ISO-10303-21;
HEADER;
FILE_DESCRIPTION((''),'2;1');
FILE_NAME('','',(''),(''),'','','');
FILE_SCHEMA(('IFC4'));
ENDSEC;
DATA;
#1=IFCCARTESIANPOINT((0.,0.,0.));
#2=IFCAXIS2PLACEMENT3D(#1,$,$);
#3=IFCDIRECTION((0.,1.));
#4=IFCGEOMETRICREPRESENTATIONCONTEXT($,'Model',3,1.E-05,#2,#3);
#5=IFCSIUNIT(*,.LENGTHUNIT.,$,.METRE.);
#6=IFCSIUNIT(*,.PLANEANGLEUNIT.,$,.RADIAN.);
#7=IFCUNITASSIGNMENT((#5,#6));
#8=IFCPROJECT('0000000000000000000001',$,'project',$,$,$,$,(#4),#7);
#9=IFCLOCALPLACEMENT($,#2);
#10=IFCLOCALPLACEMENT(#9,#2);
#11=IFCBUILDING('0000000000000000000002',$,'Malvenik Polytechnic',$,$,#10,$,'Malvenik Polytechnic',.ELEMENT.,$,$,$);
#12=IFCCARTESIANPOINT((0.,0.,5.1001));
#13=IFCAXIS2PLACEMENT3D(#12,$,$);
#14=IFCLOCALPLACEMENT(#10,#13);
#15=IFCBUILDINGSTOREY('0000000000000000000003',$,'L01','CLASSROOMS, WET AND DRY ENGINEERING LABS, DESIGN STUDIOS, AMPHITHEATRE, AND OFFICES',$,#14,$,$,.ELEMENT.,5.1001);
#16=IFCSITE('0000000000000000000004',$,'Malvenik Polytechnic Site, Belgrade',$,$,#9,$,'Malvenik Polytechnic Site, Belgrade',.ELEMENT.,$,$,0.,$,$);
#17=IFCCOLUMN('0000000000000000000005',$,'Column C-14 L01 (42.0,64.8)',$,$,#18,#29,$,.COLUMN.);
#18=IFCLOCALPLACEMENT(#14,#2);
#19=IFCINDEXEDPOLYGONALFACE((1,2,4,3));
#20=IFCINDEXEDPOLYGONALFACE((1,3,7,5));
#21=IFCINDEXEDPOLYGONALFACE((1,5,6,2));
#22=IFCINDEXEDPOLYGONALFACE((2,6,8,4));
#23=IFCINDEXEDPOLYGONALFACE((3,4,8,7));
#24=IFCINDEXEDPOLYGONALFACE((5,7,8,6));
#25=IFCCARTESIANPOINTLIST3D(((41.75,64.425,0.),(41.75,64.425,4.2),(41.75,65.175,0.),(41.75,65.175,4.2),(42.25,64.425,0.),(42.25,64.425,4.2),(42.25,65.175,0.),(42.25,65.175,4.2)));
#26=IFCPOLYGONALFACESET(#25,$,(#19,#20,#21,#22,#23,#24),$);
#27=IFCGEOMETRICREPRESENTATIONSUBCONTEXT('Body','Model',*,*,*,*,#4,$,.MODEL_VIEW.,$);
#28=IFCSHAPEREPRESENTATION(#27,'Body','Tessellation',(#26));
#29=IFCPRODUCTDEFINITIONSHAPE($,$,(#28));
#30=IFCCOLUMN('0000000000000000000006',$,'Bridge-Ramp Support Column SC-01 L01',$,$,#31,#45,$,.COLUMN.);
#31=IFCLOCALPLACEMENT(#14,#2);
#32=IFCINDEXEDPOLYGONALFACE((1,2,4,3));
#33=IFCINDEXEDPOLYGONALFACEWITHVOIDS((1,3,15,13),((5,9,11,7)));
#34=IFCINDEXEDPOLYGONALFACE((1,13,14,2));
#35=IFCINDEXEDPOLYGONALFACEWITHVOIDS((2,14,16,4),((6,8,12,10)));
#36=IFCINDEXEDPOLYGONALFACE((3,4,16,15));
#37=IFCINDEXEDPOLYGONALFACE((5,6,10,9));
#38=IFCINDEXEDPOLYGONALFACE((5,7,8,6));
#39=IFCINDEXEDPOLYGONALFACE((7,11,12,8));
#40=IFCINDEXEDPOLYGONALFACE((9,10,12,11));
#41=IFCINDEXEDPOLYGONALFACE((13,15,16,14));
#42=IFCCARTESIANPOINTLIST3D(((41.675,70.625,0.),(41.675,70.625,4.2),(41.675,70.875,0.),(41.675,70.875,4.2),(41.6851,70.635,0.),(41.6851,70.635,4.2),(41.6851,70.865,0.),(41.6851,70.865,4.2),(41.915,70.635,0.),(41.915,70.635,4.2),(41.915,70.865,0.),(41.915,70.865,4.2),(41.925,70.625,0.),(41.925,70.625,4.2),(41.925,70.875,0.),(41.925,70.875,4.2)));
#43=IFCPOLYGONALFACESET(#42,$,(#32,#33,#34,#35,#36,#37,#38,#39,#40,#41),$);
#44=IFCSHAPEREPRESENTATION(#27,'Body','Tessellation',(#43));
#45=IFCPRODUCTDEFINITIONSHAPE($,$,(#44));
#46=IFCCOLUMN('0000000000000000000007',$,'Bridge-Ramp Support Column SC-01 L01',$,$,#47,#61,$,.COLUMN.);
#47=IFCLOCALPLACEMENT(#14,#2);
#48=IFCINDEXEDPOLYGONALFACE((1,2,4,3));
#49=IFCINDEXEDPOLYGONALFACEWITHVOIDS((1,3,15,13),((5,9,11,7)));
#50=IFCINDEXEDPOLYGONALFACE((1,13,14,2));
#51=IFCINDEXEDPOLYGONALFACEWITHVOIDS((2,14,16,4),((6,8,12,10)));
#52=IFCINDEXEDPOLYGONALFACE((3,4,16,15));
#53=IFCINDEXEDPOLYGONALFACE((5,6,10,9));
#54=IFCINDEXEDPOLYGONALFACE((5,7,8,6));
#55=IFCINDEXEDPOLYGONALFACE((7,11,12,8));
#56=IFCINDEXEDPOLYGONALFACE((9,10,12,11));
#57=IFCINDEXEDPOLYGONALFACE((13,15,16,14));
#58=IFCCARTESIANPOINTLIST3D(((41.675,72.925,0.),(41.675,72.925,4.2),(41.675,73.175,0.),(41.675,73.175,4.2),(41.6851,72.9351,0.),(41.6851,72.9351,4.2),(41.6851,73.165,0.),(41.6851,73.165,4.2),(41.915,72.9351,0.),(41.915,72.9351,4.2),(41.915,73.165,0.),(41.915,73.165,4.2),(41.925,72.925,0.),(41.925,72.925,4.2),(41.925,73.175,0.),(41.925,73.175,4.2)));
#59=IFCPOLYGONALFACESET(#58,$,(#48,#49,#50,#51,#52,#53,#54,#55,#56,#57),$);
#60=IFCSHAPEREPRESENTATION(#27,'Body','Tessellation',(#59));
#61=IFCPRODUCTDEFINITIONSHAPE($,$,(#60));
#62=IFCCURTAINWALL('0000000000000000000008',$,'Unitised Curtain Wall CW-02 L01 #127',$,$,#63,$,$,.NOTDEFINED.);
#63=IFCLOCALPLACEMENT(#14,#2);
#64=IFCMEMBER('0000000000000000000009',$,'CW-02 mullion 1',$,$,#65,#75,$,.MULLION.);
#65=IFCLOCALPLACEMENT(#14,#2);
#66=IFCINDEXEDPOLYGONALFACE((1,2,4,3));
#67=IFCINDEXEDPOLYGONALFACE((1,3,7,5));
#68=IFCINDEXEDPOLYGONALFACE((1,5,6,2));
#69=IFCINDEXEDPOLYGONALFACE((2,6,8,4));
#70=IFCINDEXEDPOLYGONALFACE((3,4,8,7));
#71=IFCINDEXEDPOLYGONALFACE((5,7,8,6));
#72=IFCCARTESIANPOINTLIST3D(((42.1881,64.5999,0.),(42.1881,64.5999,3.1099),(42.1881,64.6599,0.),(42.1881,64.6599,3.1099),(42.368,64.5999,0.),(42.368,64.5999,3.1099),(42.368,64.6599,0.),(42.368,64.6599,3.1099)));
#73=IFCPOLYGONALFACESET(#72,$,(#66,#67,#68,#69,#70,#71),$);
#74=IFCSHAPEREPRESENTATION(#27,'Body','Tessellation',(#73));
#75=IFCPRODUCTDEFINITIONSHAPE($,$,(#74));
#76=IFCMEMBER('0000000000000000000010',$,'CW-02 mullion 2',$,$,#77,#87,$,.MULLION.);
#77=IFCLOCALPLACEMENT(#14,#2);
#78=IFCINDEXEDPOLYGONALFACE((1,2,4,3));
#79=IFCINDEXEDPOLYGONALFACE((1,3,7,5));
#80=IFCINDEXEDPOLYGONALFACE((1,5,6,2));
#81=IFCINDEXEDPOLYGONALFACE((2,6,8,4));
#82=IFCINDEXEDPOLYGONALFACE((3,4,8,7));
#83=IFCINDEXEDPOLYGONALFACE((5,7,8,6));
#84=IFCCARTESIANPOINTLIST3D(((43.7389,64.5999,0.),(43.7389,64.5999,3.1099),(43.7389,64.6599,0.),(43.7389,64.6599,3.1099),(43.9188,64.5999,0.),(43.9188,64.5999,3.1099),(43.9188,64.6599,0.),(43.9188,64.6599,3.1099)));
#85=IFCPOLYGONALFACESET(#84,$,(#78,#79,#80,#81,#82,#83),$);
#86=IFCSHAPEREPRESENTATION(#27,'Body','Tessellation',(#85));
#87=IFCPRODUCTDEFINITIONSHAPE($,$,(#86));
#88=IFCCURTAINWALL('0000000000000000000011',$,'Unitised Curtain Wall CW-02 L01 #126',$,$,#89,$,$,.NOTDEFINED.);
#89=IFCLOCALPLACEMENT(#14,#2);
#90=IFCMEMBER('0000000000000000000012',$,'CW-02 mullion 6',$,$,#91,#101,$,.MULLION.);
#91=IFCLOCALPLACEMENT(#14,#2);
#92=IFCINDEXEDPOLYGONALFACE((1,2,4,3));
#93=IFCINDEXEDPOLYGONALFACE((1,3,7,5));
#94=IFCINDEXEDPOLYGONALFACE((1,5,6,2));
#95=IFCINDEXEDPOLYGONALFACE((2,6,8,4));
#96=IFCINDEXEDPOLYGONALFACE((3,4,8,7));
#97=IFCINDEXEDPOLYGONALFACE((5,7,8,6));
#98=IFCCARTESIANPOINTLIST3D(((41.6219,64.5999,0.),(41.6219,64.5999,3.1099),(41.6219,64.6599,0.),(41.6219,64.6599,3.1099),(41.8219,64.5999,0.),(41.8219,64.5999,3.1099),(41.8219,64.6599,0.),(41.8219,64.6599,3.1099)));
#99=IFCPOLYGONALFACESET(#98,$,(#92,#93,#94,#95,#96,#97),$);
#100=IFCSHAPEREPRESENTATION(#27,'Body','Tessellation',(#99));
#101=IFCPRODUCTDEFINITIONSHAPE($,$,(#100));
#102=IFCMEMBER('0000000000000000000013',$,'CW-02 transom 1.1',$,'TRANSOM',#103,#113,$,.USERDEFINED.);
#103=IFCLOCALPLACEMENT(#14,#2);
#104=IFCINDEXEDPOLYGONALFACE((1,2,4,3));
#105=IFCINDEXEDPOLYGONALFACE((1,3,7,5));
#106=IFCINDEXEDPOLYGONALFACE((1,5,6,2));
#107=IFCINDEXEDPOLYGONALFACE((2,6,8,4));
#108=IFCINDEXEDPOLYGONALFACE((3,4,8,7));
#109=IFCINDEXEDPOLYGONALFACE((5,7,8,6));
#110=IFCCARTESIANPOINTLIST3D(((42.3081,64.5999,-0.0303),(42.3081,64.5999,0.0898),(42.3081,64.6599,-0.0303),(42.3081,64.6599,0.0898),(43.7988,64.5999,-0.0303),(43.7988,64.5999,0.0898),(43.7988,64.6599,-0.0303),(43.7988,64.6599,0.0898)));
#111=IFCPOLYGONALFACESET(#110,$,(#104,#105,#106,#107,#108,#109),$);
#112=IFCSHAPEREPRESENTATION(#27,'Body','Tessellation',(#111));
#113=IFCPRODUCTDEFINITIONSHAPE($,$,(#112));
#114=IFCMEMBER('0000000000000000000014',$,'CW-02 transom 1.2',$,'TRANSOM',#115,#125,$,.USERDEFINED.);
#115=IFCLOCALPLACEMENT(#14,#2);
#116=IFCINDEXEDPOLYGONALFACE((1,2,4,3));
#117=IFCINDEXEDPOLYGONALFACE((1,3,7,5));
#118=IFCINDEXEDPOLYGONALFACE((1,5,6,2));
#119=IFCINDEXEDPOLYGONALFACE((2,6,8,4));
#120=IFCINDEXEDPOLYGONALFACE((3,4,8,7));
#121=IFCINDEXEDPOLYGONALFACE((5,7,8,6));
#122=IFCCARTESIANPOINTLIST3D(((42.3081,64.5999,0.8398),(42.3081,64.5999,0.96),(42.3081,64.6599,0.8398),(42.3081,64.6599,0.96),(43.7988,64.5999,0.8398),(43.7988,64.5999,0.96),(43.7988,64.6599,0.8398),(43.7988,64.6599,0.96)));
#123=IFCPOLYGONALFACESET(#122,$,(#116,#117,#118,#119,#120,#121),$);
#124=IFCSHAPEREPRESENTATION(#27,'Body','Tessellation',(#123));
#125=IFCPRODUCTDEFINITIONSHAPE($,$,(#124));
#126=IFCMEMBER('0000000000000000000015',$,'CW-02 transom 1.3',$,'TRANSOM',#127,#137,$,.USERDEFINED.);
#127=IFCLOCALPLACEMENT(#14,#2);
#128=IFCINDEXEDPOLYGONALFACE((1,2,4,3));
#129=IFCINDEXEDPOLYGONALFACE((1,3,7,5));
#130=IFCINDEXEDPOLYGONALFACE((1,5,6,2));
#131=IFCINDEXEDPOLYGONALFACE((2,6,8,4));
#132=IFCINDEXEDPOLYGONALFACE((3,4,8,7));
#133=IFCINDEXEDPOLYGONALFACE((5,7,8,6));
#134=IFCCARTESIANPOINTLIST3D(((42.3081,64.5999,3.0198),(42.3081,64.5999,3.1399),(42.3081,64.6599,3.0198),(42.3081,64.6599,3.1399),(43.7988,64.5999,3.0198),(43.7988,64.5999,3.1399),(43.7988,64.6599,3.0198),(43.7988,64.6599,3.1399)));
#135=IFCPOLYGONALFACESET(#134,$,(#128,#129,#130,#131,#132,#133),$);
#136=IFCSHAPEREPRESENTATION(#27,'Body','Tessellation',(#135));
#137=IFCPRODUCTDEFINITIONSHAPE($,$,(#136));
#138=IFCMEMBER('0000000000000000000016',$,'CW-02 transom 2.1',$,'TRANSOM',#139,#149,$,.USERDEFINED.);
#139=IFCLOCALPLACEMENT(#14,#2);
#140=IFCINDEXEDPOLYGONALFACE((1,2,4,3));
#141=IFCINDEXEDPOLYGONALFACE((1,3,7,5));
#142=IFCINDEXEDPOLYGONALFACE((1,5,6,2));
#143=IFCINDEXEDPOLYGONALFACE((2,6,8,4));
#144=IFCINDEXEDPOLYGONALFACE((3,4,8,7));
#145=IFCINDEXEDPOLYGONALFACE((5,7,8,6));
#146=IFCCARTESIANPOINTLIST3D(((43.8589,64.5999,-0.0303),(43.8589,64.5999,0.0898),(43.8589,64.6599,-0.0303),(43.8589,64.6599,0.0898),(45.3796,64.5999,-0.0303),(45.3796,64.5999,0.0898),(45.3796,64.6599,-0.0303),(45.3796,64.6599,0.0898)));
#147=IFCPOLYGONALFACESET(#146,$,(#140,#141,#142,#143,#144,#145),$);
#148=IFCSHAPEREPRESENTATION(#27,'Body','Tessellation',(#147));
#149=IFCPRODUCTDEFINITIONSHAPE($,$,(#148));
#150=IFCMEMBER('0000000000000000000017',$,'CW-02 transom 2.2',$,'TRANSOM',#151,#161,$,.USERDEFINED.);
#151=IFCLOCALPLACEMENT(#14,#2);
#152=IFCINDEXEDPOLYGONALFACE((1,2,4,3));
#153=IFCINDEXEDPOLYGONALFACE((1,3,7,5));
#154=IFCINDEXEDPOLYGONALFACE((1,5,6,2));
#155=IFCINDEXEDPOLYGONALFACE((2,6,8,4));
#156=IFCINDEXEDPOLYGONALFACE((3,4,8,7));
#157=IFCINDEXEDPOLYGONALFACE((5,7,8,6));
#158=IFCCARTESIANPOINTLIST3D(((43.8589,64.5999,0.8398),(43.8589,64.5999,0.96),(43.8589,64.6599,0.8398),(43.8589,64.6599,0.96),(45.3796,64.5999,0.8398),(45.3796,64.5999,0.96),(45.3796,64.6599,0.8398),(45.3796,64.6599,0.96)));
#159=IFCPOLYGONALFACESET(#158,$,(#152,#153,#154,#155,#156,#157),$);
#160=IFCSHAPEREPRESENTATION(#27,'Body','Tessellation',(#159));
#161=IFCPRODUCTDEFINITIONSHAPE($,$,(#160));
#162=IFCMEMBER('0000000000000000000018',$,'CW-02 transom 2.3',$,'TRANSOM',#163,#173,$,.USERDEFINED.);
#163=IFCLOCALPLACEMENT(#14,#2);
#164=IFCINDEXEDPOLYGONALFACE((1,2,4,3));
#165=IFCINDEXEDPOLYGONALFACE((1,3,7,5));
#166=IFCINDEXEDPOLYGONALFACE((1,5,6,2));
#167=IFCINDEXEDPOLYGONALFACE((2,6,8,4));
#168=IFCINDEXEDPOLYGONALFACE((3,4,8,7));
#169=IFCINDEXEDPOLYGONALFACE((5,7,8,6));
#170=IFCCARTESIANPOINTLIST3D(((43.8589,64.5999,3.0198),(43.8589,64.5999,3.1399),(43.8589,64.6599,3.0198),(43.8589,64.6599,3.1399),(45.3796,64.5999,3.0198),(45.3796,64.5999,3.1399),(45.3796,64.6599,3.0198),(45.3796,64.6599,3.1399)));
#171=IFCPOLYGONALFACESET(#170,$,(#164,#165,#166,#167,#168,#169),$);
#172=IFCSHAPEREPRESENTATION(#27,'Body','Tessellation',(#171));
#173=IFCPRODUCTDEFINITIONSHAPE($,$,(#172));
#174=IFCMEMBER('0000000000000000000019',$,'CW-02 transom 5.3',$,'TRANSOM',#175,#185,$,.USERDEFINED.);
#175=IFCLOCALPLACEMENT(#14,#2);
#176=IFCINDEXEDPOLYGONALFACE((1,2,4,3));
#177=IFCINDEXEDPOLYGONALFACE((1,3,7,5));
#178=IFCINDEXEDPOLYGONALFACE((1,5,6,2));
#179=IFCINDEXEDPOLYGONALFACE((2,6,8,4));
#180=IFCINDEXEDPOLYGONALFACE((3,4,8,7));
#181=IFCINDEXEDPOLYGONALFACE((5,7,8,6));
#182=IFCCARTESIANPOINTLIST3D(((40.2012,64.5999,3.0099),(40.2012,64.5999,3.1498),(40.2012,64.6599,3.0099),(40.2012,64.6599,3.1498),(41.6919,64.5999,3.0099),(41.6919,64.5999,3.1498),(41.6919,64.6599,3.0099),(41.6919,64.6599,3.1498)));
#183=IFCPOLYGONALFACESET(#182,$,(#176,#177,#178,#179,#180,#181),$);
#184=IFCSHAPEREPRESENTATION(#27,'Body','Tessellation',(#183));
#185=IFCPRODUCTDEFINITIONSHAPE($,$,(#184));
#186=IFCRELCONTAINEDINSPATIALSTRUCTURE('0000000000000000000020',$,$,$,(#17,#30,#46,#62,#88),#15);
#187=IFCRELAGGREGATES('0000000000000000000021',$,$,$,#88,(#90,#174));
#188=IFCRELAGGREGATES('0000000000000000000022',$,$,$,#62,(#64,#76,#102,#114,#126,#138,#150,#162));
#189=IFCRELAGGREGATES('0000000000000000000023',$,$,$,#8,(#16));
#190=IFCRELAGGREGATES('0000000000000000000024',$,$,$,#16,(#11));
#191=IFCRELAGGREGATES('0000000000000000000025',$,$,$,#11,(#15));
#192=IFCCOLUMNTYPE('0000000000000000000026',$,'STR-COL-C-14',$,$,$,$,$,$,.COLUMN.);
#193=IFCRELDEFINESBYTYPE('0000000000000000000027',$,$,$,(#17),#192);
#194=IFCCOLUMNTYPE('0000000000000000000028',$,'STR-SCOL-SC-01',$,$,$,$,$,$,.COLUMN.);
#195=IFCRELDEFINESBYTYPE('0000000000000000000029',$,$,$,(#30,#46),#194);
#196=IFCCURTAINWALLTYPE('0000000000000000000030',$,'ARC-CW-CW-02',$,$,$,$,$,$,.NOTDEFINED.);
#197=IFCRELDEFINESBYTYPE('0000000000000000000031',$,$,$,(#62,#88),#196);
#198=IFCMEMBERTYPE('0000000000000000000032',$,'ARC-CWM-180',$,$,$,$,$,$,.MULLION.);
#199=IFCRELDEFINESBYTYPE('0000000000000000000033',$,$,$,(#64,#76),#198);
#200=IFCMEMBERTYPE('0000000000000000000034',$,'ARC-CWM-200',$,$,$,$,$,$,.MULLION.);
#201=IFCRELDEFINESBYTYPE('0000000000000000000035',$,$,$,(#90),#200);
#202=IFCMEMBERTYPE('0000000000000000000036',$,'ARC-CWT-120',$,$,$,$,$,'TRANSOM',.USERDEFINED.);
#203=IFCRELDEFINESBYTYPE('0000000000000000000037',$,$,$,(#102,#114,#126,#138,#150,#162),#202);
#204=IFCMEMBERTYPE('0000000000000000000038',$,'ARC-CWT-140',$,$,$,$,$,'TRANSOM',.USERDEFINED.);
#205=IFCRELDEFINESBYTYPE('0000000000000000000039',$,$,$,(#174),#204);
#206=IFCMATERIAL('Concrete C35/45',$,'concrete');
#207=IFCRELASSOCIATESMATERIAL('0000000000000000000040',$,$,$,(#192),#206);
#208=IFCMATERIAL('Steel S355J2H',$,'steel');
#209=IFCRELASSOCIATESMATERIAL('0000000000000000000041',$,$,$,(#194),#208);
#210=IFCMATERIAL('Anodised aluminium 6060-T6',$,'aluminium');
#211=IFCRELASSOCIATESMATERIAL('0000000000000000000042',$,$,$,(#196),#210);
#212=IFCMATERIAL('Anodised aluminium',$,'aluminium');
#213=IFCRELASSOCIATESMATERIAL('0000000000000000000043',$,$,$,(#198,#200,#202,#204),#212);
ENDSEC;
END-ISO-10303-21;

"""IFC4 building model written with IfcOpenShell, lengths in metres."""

from ifc_helpers import new_model, si_unit, direction, frame, origin, origin_2d, place, context, subcontext, project, spatial, rectangle, hollow_rectangle, extrude, material, material_profile, profile_set, type_object, element, aggregate, save


model = new_model("IFC4")

# Units and contexts
model_context = context("Model", 3, precision=1e-05, world=origin(), true_north=direction((0.0, 1.0)))
body_context = subcontext(model_context, "Body", "Model", "MODEL_VIEW")
ifc_project = project(units=[si_unit("LENGTHUNIT", "METRE"), si_unit("PLANEANGLEUNIT", "RADIAN")], contexts=[model_context])

# Site, building, storey
site_placement = place(None, origin())
site = spatial("IfcSite", under=ifc_project, at=site_placement, Name="Malvenik Polytechnic Site, Belgrade", LongName="Malvenik Polytechnic Site, Belgrade", CompositionType="ELEMENT", RefElevation=0.0)
building_placement = place(site_placement, origin())
building = spatial("IfcBuilding", under=site, at=building_placement, Name="Malvenik Polytechnic", LongName="Malvenik Polytechnic", CompositionType="ELEMENT")
storey_placement = place(building_placement, frame((0.0, 0.0, 5.1001)))
storey = spatial("IfcBuildingStorey", under=building, at=storey_placement, Name="L01", Description="CLASSROOMS, WET AND DRY ENGINEERING LABS, DESIGN STUDIOS, AMPHITHEATRE, AND OFFICES", CompositionType="ELEMENT", Elevation=5.1001)

# Columns
ifc_material_1 = material(Name="Concrete C35/45", Category="concrete")
ifc_material_profile_1 = material_profile(ifc_material_1, rectangle(XDim=0.5, YDim=0.75, at=origin_2d()), Name="RC COL 750x500")
ifc_profile_set_1 = profile_set([ifc_material_profile_1], Name="Concrete C35/45")
column_type_1 = type_object("IfcColumnType", Name="STR-COL-C-14", PredefinedType="COLUMN", material=ifc_profile_set_1)
column_placement = place(storey_placement, frame((42.0, 64.8, 0.0), z_axis=(0.0, 0.0, 1.0), x_axis=(1.0, 0.0, 0.0)))
element("IfcColumn", 1, at=column_placement, inside=storey, type_object=column_type_1, Name="Column C-14 L01 (42.0,64.8)", PredefinedType="COLUMN", context=body_context, shape_type="SweptSolid", body=[
    extrude(rectangle(XDim=0.5, YDim=0.75, at=origin_2d()), origin(), (0.0, 0.0, 1.0), 4.2),
])
ifc_material_2 = material(Name="Steel S355J2H", Category="steel")
ifc_material_profile_2 = material_profile(ifc_material_2, hollow_rectangle(XDim=0.25, YDim=0.25, WallThickness=0.01, at=origin_2d()), Name="SHS 250x250x10.0")
ifc_profile_set_2 = profile_set([ifc_material_profile_2], Name="Steel S355J2H")
column_type_2 = type_object("IfcColumnType", Name="STR-SCOL-SC-01", PredefinedType="COLUMN", material=ifc_profile_set_2)
for number, where, z_axis, x_axis, name in (
    (2, (41.8, 70.75, 0.0), (0.0, 0.0, 1.0), (1.0, 0.0, 0.0), "Bridge-Ramp Support Column SC-01 L01"),
    (3, (41.8, 73.05, 0.0), (0.0, 0.0, 1.0), (1.0, 0.0, 0.0), "Bridge-Ramp Support Column SC-01 L01"),
):
    element("IfcColumn", number, at=place(storey_placement, frame(where, z_axis=z_axis, x_axis=x_axis)), inside=storey, type_object=column_type_2, Name=name, PredefinedType="COLUMN", context=body_context, shape_type="SweptSolid", body=[
        extrude(hollow_rectangle(XDim=0.25, YDim=0.25, WallThickness=0.01, at=origin_2d()), origin(), (0.0, 0.0, 1.0), 4.2),
    ])

# Curtain wall, members
ifc_material_3 = material(Name="Anodised aluminium 6060-T6", Category="aluminium")
curtain_wall_type = type_object("IfcCurtainWallType", Name="ARC-CW-CW-02", PredefinedType="NOTDEFINED", material=ifc_material_3)
curtain_wall_1_placement = place(storey_placement, origin())
curtain_wall_1 = element("IfcCurtainWall", 4, at=curtain_wall_1_placement, inside=storey, type_object=curtain_wall_type, Name="Unitised Curtain Wall CW-02 L01 #127", PredefinedType="NOTDEFINED")
ifc_material_4 = material(Name="Anodised aluminium", Category="aluminium")
ifc_material_profile_3 = material_profile(ifc_material_4, rectangle(XDim=0.0601, YDim=0.1799, at=origin_2d()), Name="ALU MULLION 60x180")
ifc_profile_set_3 = profile_set([ifc_material_profile_3], Name="Anodised aluminium")
member_type_1 = type_object("IfcMemberType", Name="ARC-CWM-180", PredefinedType="MULLION", material=ifc_profile_set_3)
member_1_placement = place(storey_placement, frame((42.2781, 64.6299, 0.0), z_axis=(0.0, 0.0, 1.0), x_axis=(0.0, 1.0, 0.0)))
member_1 = element("IfcMember", 5, at=member_1_placement, type_object=member_type_1, Name="CW-02 mullion 1", PredefinedType="MULLION", context=body_context, shape_type="SweptSolid", body=[
    extrude(rectangle(XDim=0.0601, YDim=0.1799, at=origin_2d()), origin(), (0.0, 0.0, 1.0), 3.1099),
])
member_2_placement = place(storey_placement, frame((43.8289, 64.6299, 0.0), z_axis=(0.0, 0.0, 1.0), x_axis=(0.0, 1.0, 0.0)))
member_2 = element("IfcMember", 6, at=member_2_placement, type_object=member_type_1, Name="CW-02 mullion 2", PredefinedType="MULLION", context=body_context, shape_type="SweptSolid", body=[
    extrude(rectangle(XDim=0.0601, YDim=0.1799, at=origin_2d()), origin(), (0.0, 0.0, 1.0), 3.1099),
])

# Curtain wall, member
curtain_wall_2_placement = place(storey_placement, origin())
curtain_wall_2 = element("IfcCurtainWall", 7, at=curtain_wall_2_placement, inside=storey, type_object=curtain_wall_type, Name="Unitised Curtain Wall CW-02 L01 #126", PredefinedType="NOTDEFINED")
ifc_material_profile_4 = material_profile(ifc_material_4, rectangle(XDim=0.0601, YDim=0.2, at=origin_2d()), Name="ALU MULLION 60x200")
ifc_profile_set_4 = profile_set([ifc_material_profile_4], Name="Anodised aluminium")
member_type_2 = type_object("IfcMemberType", Name="ARC-CWM-200", PredefinedType="MULLION", material=ifc_profile_set_4)
member_3_placement = place(storey_placement, frame((41.7219, 64.6299, 0.0), z_axis=(0.0, 0.0, 1.0), x_axis=(0.0, 1.0, 0.0)))
member_3 = element("IfcMember", 8, at=member_3_placement, type_object=member_type_2, Name="CW-02 mullion 6", PredefinedType="MULLION", context=body_context, shape_type="SweptSolid", body=[
    extrude(rectangle(XDim=0.0601, YDim=0.2, at=origin_2d()), origin(), (0.0, 0.0, 1.0), 3.1099),
])

# Members
ifc_material_profile_5 = material_profile(ifc_material_4, rectangle(XDim=0.0601, YDim=0.1201, at=origin_2d()), Name="ALU TRANSOM 60x120")
ifc_profile_set_5 = profile_set([ifc_material_profile_5], Name="Anodised aluminium")
member_type_3 = type_object("IfcMemberType", Name="ARC-CWT-120", ElementType="TRANSOM", PredefinedType="USERDEFINED", material=ifc_profile_set_5)
member_4_placement = place(storey_placement, frame((42.3081, 64.6299, 0.0298), z_axis=(1.0, 0.0, 0.0), x_axis=(0.0, 1.0, 0.0)))
member_4 = element("IfcMember", 9, at=member_4_placement, type_object=member_type_3, Name="CW-02 transom 1.1", ObjectType="TRANSOM", PredefinedType="USERDEFINED", context=body_context, shape_type="SweptSolid", body=[
    extrude(rectangle(XDim=0.0601, YDim=0.1201, at=origin_2d()), origin(), (0.0, 0.0, 1.0), 1.4907),
])
member_5_placement = place(storey_placement, frame((42.3081, 64.6299, 0.8999), z_axis=(1.0, 0.0, 0.0), x_axis=(0.0, 1.0, 0.0)))
member_5 = element("IfcMember", 10, at=member_5_placement, type_object=member_type_3, Name="CW-02 transom 1.2", ObjectType="TRANSOM", PredefinedType="USERDEFINED", context=body_context, shape_type="SweptSolid", body=[
    extrude(rectangle(XDim=0.0601, YDim=0.1201, at=origin_2d()), origin(), (0.0, 0.0, 1.0), 1.4907),
])
member_6_placement = place(storey_placement, frame((42.3081, 64.6299, 3.0798), z_axis=(1.0, 0.0, 0.0), x_axis=(0.0, 1.0, 0.0)))
member_6 = element("IfcMember", 11, at=member_6_placement, type_object=member_type_3, Name="CW-02 transom 1.3", ObjectType="TRANSOM", PredefinedType="USERDEFINED", context=body_context, shape_type="SweptSolid", body=[
    extrude(rectangle(XDim=0.0601, YDim=0.1201, at=origin_2d()), origin(), (0.0, 0.0, 1.0), 1.4907),
])
member_7_placement = place(storey_placement, frame((43.8589, 64.6299, 0.0298), z_axis=(1.0, 0.0, 0.0), x_axis=(0.0, 1.0, 0.0)))
member_7 = element("IfcMember", 12, at=member_7_placement, type_object=member_type_3, Name="CW-02 transom 2.1", ObjectType="TRANSOM", PredefinedType="USERDEFINED", context=body_context, shape_type="SweptSolid", body=[
    extrude(rectangle(XDim=0.0601, YDim=0.1201, at=origin_2d()), origin(), (0.0, 0.0, 1.0), 1.5208),
])
member_8_placement = place(storey_placement, frame((43.8589, 64.6299, 0.8999), z_axis=(1.0, 0.0, 0.0), x_axis=(0.0, 1.0, 0.0)))
member_8 = element("IfcMember", 13, at=member_8_placement, type_object=member_type_3, Name="CW-02 transom 2.2", ObjectType="TRANSOM", PredefinedType="USERDEFINED", context=body_context, shape_type="SweptSolid", body=[
    extrude(rectangle(XDim=0.0601, YDim=0.1201, at=origin_2d()), origin(), (0.0, 0.0, 1.0), 1.5208),
])
member_9_placement = place(storey_placement, frame((43.8589, 64.6299, 3.0798), z_axis=(1.0, 0.0, 0.0), x_axis=(0.0, 1.0, 0.0)))
member_9 = element("IfcMember", 14, at=member_9_placement, type_object=member_type_3, Name="CW-02 transom 2.3", ObjectType="TRANSOM", PredefinedType="USERDEFINED", context=body_context, shape_type="SweptSolid", body=[
    extrude(rectangle(XDim=0.0601, YDim=0.1201, at=origin_2d()), origin(), (0.0, 0.0, 1.0), 1.5208),
])
ifc_material_profile_6 = material_profile(ifc_material_4, rectangle(XDim=0.0601, YDim=0.1399, at=origin_2d()), Name="ALU TRANSOM 60x140")
ifc_profile_set_6 = profile_set([ifc_material_profile_6], Name="Anodised aluminium")
member_type_4 = type_object("IfcMemberType", Name="ARC-CWT-140", ElementType="TRANSOM", PredefinedType="USERDEFINED", material=ifc_profile_set_6)
member_10_placement = place(storey_placement, frame((40.2012, 64.6299, 3.0798), z_axis=(1.0, 0.0, 0.0), x_axis=(0.0, 1.0, 0.0)))
member_10 = element("IfcMember", 15, at=member_10_placement, type_object=member_type_4, Name="CW-02 transom 5.3", ObjectType="TRANSOM", PredefinedType="USERDEFINED", context=body_context, shape_type="SweptSolid", body=[
    extrude(rectangle(XDim=0.0601, YDim=0.1399, at=origin_2d()), origin(), (0.0, 0.0, 1.0), 1.4907),
])

aggregate(curtain_wall_2, [member_3, member_10])
aggregate(curtain_wall_1, [member_1, member_2, member_4, member_5, member_6, member_7, member_8, member_9])

save(model, "model.ifc")
